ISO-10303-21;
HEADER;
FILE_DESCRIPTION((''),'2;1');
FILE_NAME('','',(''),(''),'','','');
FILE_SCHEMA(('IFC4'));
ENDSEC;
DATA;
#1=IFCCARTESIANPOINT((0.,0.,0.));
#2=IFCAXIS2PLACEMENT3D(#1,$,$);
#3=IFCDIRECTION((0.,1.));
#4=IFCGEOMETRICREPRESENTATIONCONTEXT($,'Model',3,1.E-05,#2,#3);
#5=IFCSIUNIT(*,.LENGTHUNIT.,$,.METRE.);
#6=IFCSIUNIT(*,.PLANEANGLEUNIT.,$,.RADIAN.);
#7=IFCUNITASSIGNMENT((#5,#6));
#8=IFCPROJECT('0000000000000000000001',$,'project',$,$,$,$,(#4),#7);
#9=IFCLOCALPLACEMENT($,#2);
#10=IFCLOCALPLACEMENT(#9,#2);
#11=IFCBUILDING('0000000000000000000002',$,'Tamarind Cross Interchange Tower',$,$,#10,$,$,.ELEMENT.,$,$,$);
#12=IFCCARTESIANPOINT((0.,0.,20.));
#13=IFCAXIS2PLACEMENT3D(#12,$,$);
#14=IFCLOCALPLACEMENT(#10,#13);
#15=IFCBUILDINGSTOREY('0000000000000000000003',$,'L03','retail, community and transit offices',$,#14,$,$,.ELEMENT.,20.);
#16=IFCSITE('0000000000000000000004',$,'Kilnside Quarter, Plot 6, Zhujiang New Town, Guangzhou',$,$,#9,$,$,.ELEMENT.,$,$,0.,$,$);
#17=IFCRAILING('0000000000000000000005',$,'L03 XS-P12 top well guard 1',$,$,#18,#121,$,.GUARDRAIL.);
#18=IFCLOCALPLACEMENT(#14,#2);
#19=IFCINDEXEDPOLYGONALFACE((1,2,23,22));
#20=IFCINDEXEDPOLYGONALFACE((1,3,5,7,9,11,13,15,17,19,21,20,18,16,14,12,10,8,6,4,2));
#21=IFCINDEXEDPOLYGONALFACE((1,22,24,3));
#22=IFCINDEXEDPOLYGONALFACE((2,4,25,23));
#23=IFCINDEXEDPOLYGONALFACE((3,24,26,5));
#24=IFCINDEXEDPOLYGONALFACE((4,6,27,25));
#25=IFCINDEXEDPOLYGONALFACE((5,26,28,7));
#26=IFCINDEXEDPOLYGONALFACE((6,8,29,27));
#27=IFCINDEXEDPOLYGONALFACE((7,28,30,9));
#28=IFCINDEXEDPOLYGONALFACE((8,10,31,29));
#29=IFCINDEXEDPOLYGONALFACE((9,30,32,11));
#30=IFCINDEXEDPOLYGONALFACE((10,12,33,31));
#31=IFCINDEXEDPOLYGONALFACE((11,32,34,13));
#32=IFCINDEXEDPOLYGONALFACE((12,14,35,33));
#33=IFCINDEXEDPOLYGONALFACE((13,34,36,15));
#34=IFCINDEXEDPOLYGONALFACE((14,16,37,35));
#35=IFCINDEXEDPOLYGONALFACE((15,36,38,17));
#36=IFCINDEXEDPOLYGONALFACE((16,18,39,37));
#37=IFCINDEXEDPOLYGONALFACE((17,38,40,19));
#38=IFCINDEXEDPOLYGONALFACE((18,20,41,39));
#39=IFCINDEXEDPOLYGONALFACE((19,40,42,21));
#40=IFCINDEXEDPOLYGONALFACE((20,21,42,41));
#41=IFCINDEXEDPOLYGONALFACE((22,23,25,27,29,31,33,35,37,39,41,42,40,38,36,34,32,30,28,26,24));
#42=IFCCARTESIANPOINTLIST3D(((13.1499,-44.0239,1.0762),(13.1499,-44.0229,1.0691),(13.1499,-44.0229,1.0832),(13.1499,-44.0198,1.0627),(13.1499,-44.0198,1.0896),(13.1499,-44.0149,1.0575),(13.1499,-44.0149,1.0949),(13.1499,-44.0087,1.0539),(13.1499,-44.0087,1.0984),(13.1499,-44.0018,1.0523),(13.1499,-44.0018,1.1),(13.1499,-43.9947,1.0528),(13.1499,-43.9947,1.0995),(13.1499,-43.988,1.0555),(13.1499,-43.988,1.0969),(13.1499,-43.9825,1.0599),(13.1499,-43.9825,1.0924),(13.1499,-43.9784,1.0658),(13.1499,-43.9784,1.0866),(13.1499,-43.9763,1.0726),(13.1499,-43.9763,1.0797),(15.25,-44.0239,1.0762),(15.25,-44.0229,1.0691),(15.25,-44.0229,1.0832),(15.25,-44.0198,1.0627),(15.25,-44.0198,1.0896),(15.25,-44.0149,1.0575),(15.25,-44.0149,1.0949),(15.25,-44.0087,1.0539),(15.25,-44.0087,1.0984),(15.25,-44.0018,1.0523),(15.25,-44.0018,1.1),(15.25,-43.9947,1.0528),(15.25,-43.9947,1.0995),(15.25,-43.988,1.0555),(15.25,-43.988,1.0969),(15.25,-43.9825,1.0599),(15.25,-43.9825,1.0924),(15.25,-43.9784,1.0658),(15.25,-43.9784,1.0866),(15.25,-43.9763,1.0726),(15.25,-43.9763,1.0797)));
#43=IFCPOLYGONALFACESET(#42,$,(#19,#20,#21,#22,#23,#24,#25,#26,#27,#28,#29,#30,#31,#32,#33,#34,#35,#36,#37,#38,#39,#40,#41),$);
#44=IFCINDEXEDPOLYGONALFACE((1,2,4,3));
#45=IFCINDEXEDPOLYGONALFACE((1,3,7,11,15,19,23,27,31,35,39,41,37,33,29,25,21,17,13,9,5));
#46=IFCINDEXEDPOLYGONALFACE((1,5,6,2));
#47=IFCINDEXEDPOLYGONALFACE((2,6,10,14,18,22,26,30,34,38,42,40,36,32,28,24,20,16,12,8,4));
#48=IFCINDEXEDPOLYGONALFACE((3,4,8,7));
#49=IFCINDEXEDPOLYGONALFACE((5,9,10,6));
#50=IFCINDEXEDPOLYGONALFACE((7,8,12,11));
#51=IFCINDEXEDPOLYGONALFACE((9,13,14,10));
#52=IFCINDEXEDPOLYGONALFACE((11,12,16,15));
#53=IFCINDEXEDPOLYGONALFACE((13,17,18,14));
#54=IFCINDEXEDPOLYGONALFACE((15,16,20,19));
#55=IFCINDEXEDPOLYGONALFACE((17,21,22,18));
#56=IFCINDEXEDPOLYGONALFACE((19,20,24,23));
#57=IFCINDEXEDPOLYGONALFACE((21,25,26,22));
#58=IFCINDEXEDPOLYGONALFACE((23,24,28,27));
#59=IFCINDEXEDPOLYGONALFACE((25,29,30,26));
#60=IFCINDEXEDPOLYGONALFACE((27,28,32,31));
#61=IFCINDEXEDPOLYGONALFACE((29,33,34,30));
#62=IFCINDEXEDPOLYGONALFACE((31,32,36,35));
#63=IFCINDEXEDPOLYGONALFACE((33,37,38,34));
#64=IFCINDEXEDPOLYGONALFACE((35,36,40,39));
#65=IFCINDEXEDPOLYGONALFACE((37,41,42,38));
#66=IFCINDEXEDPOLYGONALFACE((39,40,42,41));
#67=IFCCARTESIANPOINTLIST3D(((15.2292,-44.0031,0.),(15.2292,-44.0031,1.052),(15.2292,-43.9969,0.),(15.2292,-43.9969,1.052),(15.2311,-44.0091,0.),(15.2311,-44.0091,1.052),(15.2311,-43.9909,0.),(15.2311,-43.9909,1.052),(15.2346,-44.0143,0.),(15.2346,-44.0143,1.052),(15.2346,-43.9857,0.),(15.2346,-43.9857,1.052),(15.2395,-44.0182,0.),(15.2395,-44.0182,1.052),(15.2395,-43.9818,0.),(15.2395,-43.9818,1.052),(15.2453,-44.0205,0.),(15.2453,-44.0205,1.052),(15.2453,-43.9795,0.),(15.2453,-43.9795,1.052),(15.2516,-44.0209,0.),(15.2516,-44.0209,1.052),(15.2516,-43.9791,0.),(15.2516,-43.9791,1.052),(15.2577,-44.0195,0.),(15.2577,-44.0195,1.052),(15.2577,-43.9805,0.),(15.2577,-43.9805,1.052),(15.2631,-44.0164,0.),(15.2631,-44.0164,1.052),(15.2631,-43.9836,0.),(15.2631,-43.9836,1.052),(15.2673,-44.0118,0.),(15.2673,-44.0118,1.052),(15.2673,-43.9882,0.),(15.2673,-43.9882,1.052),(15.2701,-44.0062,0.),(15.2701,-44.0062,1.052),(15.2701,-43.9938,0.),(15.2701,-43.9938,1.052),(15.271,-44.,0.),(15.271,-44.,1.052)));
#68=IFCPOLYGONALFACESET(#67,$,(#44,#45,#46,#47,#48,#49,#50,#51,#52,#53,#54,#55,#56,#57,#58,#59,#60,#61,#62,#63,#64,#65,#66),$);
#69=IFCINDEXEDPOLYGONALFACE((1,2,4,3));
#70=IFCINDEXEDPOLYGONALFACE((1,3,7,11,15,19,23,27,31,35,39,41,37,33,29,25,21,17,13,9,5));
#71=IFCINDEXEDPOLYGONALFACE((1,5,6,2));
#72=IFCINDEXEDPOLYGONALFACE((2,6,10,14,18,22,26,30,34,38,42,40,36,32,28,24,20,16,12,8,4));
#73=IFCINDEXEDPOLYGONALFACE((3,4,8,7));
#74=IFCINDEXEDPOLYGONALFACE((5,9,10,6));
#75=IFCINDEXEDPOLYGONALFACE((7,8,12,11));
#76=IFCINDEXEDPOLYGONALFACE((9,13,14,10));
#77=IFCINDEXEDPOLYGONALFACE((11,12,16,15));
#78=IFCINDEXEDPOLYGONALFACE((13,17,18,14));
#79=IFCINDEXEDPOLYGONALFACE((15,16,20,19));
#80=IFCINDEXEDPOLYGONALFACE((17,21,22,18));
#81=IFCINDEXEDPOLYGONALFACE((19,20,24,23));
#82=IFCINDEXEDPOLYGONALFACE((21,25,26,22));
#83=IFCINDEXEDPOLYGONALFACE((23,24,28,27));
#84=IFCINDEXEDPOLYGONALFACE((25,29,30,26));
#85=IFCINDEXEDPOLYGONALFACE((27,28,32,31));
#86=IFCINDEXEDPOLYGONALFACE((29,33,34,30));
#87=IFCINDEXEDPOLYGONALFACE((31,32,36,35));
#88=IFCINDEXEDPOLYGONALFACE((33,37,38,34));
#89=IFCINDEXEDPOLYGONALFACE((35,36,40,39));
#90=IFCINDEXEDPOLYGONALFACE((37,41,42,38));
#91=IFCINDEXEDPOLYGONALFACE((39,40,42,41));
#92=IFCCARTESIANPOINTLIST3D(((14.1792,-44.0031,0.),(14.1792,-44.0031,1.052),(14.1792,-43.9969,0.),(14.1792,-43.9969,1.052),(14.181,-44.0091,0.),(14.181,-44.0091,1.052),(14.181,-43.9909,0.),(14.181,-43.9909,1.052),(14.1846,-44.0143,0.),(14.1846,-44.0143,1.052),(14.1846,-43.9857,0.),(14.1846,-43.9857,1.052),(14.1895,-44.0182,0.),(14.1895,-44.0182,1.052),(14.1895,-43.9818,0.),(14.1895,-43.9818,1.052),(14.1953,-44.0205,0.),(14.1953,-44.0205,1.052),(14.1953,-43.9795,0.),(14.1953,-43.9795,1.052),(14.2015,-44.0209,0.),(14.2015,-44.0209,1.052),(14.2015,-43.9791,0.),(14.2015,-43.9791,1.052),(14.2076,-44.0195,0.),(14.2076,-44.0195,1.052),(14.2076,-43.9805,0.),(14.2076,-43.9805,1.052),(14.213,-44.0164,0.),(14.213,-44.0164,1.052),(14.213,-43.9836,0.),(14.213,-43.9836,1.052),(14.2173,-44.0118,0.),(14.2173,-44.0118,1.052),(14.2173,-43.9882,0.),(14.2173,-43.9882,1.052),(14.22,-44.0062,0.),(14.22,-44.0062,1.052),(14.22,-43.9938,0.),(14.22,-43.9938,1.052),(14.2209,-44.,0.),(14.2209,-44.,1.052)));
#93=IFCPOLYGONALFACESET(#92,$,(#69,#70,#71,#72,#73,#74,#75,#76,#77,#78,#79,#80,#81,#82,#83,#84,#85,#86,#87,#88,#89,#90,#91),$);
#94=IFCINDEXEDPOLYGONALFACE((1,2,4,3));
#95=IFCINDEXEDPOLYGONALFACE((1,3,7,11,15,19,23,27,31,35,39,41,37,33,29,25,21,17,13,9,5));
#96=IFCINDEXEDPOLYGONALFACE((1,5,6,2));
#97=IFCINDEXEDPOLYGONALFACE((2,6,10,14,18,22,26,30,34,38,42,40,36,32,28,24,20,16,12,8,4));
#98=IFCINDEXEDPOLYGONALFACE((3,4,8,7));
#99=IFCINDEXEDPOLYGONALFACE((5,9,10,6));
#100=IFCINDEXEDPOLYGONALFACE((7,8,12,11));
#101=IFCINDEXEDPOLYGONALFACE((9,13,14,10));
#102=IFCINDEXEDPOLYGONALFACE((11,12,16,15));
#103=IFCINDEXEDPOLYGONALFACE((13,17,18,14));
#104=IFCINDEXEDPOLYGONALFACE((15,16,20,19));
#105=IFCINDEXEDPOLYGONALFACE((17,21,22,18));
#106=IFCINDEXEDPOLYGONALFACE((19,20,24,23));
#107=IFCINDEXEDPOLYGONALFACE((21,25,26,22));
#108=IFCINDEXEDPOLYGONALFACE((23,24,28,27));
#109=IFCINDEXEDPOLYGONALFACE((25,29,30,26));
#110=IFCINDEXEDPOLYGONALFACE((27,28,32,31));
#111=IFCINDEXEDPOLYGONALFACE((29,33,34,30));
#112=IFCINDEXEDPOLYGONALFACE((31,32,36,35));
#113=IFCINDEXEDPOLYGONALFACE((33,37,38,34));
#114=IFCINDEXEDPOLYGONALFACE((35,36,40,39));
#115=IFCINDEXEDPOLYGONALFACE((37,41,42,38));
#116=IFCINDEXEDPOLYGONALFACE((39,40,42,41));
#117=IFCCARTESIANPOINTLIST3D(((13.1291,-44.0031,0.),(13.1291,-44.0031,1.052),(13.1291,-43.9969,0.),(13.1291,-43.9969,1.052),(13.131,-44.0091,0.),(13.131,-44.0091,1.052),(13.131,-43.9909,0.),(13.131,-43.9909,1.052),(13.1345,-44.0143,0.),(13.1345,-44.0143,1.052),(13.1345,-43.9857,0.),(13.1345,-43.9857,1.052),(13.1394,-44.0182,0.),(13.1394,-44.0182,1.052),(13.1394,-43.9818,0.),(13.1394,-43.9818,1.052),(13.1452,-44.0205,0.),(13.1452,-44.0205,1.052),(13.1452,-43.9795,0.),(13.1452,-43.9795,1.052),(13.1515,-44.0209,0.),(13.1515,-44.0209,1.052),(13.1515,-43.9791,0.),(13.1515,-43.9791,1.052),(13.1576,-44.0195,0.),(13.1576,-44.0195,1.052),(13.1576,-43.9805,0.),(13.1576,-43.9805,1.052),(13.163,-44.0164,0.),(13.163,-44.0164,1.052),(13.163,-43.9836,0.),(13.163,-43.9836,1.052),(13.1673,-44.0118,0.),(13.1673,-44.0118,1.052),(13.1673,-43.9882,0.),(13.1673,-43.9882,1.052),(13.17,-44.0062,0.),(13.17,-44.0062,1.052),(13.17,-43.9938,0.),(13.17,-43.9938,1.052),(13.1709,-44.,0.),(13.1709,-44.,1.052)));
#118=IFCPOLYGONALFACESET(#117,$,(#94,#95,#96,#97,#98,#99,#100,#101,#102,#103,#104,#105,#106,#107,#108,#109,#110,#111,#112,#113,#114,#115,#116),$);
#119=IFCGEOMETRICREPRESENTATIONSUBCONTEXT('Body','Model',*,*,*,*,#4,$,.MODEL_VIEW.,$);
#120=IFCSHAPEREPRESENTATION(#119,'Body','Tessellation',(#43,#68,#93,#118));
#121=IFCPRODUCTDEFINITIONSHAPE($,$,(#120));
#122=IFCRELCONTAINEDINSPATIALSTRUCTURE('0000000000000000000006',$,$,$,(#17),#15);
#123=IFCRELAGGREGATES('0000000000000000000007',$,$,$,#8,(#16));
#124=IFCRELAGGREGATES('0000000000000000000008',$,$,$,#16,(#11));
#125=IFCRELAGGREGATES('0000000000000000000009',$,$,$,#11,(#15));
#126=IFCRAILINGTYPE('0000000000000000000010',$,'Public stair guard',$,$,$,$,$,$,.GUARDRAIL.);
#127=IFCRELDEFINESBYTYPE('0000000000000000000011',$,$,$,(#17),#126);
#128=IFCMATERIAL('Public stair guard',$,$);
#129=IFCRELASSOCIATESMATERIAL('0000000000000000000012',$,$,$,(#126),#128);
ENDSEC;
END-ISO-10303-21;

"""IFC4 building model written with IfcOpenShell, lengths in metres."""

from ifc_helpers import new_model, si_unit, direction, frame, origin, origin_2d, place, context, subcontext, project, spatial, circle, extrude, material, type_object, element, save


model = new_model("IFC4")

# Units and contexts
model_context = context("Model", 3, precision=1e-05, world=origin(), true_north=direction((0.0, 1.0)))
body_context = subcontext(model_context, "Body", "Model", "MODEL_VIEW")
ifc_project = project(units=[si_unit("LENGTHUNIT", "METRE"), si_unit("PLANEANGLEUNIT", "RADIAN")], contexts=[model_context])

# Site, building, storey
site_placement = place(None, origin())
site = spatial("IfcSite", under=ifc_project, at=site_placement, Name="Kilnside Quarter, Plot 6, Zhujiang New Town, Guangzhou", CompositionType="ELEMENT", RefElevation=0.0)
building_placement = place(site_placement, origin())
building = spatial("IfcBuilding", under=site, at=building_placement, Name="Tamarind Cross Interchange Tower", CompositionType="ELEMENT")
storey_placement = place(building_placement, frame((0.0, 0.0, 20.0)))
storey = spatial("IfcBuildingStorey", under=building, at=storey_placement, Name="L03", Description="retail, community and transit offices", CompositionType="ELEMENT", Elevation=20.0)

# Railing
ifc_material_1 = material(Name="Public stair guard")
railing_type = type_object("IfcRailingType", Name="Public stair guard", PredefinedType="GUARDRAIL", material=ifc_material_1)
railing_placement = place(storey_placement, frame((15.25, -44.0, 0.0)))
element("IfcRailing", 1, at=railing_placement, inside=storey, type_object=railing_type, Name="L03 XS-P12 top well guard 1", PredefinedType="GUARDRAIL", context=body_context, shape_type="SweptSolid", body=[
    extrude(circle(Radius=0.0239, at=origin_2d()), frame((0.0, 0.0, 1.0762), z_axis=(-1.0, 0.0, 0.0), x_axis=(0.0, -1.0, 0.0)), (0.0, 0.0, 1.0), 2.1001),
    extrude(circle(Radius=0.021, at=origin_2d()), origin(), (0.0, 0.0, 1.0), 1.052),
    extrude(circle(Radius=0.021, at=origin_2d()), frame((-1.05, 0.0, 0.0)), (0.0, 0.0, 1.0), 1.052),
    extrude(circle(Radius=0.021, at=origin_2d()), frame((-2.1001, 0.0, 0.0)), (0.0, 0.0, 1.0), 1.052),
])

save(model, "model.ifc")
